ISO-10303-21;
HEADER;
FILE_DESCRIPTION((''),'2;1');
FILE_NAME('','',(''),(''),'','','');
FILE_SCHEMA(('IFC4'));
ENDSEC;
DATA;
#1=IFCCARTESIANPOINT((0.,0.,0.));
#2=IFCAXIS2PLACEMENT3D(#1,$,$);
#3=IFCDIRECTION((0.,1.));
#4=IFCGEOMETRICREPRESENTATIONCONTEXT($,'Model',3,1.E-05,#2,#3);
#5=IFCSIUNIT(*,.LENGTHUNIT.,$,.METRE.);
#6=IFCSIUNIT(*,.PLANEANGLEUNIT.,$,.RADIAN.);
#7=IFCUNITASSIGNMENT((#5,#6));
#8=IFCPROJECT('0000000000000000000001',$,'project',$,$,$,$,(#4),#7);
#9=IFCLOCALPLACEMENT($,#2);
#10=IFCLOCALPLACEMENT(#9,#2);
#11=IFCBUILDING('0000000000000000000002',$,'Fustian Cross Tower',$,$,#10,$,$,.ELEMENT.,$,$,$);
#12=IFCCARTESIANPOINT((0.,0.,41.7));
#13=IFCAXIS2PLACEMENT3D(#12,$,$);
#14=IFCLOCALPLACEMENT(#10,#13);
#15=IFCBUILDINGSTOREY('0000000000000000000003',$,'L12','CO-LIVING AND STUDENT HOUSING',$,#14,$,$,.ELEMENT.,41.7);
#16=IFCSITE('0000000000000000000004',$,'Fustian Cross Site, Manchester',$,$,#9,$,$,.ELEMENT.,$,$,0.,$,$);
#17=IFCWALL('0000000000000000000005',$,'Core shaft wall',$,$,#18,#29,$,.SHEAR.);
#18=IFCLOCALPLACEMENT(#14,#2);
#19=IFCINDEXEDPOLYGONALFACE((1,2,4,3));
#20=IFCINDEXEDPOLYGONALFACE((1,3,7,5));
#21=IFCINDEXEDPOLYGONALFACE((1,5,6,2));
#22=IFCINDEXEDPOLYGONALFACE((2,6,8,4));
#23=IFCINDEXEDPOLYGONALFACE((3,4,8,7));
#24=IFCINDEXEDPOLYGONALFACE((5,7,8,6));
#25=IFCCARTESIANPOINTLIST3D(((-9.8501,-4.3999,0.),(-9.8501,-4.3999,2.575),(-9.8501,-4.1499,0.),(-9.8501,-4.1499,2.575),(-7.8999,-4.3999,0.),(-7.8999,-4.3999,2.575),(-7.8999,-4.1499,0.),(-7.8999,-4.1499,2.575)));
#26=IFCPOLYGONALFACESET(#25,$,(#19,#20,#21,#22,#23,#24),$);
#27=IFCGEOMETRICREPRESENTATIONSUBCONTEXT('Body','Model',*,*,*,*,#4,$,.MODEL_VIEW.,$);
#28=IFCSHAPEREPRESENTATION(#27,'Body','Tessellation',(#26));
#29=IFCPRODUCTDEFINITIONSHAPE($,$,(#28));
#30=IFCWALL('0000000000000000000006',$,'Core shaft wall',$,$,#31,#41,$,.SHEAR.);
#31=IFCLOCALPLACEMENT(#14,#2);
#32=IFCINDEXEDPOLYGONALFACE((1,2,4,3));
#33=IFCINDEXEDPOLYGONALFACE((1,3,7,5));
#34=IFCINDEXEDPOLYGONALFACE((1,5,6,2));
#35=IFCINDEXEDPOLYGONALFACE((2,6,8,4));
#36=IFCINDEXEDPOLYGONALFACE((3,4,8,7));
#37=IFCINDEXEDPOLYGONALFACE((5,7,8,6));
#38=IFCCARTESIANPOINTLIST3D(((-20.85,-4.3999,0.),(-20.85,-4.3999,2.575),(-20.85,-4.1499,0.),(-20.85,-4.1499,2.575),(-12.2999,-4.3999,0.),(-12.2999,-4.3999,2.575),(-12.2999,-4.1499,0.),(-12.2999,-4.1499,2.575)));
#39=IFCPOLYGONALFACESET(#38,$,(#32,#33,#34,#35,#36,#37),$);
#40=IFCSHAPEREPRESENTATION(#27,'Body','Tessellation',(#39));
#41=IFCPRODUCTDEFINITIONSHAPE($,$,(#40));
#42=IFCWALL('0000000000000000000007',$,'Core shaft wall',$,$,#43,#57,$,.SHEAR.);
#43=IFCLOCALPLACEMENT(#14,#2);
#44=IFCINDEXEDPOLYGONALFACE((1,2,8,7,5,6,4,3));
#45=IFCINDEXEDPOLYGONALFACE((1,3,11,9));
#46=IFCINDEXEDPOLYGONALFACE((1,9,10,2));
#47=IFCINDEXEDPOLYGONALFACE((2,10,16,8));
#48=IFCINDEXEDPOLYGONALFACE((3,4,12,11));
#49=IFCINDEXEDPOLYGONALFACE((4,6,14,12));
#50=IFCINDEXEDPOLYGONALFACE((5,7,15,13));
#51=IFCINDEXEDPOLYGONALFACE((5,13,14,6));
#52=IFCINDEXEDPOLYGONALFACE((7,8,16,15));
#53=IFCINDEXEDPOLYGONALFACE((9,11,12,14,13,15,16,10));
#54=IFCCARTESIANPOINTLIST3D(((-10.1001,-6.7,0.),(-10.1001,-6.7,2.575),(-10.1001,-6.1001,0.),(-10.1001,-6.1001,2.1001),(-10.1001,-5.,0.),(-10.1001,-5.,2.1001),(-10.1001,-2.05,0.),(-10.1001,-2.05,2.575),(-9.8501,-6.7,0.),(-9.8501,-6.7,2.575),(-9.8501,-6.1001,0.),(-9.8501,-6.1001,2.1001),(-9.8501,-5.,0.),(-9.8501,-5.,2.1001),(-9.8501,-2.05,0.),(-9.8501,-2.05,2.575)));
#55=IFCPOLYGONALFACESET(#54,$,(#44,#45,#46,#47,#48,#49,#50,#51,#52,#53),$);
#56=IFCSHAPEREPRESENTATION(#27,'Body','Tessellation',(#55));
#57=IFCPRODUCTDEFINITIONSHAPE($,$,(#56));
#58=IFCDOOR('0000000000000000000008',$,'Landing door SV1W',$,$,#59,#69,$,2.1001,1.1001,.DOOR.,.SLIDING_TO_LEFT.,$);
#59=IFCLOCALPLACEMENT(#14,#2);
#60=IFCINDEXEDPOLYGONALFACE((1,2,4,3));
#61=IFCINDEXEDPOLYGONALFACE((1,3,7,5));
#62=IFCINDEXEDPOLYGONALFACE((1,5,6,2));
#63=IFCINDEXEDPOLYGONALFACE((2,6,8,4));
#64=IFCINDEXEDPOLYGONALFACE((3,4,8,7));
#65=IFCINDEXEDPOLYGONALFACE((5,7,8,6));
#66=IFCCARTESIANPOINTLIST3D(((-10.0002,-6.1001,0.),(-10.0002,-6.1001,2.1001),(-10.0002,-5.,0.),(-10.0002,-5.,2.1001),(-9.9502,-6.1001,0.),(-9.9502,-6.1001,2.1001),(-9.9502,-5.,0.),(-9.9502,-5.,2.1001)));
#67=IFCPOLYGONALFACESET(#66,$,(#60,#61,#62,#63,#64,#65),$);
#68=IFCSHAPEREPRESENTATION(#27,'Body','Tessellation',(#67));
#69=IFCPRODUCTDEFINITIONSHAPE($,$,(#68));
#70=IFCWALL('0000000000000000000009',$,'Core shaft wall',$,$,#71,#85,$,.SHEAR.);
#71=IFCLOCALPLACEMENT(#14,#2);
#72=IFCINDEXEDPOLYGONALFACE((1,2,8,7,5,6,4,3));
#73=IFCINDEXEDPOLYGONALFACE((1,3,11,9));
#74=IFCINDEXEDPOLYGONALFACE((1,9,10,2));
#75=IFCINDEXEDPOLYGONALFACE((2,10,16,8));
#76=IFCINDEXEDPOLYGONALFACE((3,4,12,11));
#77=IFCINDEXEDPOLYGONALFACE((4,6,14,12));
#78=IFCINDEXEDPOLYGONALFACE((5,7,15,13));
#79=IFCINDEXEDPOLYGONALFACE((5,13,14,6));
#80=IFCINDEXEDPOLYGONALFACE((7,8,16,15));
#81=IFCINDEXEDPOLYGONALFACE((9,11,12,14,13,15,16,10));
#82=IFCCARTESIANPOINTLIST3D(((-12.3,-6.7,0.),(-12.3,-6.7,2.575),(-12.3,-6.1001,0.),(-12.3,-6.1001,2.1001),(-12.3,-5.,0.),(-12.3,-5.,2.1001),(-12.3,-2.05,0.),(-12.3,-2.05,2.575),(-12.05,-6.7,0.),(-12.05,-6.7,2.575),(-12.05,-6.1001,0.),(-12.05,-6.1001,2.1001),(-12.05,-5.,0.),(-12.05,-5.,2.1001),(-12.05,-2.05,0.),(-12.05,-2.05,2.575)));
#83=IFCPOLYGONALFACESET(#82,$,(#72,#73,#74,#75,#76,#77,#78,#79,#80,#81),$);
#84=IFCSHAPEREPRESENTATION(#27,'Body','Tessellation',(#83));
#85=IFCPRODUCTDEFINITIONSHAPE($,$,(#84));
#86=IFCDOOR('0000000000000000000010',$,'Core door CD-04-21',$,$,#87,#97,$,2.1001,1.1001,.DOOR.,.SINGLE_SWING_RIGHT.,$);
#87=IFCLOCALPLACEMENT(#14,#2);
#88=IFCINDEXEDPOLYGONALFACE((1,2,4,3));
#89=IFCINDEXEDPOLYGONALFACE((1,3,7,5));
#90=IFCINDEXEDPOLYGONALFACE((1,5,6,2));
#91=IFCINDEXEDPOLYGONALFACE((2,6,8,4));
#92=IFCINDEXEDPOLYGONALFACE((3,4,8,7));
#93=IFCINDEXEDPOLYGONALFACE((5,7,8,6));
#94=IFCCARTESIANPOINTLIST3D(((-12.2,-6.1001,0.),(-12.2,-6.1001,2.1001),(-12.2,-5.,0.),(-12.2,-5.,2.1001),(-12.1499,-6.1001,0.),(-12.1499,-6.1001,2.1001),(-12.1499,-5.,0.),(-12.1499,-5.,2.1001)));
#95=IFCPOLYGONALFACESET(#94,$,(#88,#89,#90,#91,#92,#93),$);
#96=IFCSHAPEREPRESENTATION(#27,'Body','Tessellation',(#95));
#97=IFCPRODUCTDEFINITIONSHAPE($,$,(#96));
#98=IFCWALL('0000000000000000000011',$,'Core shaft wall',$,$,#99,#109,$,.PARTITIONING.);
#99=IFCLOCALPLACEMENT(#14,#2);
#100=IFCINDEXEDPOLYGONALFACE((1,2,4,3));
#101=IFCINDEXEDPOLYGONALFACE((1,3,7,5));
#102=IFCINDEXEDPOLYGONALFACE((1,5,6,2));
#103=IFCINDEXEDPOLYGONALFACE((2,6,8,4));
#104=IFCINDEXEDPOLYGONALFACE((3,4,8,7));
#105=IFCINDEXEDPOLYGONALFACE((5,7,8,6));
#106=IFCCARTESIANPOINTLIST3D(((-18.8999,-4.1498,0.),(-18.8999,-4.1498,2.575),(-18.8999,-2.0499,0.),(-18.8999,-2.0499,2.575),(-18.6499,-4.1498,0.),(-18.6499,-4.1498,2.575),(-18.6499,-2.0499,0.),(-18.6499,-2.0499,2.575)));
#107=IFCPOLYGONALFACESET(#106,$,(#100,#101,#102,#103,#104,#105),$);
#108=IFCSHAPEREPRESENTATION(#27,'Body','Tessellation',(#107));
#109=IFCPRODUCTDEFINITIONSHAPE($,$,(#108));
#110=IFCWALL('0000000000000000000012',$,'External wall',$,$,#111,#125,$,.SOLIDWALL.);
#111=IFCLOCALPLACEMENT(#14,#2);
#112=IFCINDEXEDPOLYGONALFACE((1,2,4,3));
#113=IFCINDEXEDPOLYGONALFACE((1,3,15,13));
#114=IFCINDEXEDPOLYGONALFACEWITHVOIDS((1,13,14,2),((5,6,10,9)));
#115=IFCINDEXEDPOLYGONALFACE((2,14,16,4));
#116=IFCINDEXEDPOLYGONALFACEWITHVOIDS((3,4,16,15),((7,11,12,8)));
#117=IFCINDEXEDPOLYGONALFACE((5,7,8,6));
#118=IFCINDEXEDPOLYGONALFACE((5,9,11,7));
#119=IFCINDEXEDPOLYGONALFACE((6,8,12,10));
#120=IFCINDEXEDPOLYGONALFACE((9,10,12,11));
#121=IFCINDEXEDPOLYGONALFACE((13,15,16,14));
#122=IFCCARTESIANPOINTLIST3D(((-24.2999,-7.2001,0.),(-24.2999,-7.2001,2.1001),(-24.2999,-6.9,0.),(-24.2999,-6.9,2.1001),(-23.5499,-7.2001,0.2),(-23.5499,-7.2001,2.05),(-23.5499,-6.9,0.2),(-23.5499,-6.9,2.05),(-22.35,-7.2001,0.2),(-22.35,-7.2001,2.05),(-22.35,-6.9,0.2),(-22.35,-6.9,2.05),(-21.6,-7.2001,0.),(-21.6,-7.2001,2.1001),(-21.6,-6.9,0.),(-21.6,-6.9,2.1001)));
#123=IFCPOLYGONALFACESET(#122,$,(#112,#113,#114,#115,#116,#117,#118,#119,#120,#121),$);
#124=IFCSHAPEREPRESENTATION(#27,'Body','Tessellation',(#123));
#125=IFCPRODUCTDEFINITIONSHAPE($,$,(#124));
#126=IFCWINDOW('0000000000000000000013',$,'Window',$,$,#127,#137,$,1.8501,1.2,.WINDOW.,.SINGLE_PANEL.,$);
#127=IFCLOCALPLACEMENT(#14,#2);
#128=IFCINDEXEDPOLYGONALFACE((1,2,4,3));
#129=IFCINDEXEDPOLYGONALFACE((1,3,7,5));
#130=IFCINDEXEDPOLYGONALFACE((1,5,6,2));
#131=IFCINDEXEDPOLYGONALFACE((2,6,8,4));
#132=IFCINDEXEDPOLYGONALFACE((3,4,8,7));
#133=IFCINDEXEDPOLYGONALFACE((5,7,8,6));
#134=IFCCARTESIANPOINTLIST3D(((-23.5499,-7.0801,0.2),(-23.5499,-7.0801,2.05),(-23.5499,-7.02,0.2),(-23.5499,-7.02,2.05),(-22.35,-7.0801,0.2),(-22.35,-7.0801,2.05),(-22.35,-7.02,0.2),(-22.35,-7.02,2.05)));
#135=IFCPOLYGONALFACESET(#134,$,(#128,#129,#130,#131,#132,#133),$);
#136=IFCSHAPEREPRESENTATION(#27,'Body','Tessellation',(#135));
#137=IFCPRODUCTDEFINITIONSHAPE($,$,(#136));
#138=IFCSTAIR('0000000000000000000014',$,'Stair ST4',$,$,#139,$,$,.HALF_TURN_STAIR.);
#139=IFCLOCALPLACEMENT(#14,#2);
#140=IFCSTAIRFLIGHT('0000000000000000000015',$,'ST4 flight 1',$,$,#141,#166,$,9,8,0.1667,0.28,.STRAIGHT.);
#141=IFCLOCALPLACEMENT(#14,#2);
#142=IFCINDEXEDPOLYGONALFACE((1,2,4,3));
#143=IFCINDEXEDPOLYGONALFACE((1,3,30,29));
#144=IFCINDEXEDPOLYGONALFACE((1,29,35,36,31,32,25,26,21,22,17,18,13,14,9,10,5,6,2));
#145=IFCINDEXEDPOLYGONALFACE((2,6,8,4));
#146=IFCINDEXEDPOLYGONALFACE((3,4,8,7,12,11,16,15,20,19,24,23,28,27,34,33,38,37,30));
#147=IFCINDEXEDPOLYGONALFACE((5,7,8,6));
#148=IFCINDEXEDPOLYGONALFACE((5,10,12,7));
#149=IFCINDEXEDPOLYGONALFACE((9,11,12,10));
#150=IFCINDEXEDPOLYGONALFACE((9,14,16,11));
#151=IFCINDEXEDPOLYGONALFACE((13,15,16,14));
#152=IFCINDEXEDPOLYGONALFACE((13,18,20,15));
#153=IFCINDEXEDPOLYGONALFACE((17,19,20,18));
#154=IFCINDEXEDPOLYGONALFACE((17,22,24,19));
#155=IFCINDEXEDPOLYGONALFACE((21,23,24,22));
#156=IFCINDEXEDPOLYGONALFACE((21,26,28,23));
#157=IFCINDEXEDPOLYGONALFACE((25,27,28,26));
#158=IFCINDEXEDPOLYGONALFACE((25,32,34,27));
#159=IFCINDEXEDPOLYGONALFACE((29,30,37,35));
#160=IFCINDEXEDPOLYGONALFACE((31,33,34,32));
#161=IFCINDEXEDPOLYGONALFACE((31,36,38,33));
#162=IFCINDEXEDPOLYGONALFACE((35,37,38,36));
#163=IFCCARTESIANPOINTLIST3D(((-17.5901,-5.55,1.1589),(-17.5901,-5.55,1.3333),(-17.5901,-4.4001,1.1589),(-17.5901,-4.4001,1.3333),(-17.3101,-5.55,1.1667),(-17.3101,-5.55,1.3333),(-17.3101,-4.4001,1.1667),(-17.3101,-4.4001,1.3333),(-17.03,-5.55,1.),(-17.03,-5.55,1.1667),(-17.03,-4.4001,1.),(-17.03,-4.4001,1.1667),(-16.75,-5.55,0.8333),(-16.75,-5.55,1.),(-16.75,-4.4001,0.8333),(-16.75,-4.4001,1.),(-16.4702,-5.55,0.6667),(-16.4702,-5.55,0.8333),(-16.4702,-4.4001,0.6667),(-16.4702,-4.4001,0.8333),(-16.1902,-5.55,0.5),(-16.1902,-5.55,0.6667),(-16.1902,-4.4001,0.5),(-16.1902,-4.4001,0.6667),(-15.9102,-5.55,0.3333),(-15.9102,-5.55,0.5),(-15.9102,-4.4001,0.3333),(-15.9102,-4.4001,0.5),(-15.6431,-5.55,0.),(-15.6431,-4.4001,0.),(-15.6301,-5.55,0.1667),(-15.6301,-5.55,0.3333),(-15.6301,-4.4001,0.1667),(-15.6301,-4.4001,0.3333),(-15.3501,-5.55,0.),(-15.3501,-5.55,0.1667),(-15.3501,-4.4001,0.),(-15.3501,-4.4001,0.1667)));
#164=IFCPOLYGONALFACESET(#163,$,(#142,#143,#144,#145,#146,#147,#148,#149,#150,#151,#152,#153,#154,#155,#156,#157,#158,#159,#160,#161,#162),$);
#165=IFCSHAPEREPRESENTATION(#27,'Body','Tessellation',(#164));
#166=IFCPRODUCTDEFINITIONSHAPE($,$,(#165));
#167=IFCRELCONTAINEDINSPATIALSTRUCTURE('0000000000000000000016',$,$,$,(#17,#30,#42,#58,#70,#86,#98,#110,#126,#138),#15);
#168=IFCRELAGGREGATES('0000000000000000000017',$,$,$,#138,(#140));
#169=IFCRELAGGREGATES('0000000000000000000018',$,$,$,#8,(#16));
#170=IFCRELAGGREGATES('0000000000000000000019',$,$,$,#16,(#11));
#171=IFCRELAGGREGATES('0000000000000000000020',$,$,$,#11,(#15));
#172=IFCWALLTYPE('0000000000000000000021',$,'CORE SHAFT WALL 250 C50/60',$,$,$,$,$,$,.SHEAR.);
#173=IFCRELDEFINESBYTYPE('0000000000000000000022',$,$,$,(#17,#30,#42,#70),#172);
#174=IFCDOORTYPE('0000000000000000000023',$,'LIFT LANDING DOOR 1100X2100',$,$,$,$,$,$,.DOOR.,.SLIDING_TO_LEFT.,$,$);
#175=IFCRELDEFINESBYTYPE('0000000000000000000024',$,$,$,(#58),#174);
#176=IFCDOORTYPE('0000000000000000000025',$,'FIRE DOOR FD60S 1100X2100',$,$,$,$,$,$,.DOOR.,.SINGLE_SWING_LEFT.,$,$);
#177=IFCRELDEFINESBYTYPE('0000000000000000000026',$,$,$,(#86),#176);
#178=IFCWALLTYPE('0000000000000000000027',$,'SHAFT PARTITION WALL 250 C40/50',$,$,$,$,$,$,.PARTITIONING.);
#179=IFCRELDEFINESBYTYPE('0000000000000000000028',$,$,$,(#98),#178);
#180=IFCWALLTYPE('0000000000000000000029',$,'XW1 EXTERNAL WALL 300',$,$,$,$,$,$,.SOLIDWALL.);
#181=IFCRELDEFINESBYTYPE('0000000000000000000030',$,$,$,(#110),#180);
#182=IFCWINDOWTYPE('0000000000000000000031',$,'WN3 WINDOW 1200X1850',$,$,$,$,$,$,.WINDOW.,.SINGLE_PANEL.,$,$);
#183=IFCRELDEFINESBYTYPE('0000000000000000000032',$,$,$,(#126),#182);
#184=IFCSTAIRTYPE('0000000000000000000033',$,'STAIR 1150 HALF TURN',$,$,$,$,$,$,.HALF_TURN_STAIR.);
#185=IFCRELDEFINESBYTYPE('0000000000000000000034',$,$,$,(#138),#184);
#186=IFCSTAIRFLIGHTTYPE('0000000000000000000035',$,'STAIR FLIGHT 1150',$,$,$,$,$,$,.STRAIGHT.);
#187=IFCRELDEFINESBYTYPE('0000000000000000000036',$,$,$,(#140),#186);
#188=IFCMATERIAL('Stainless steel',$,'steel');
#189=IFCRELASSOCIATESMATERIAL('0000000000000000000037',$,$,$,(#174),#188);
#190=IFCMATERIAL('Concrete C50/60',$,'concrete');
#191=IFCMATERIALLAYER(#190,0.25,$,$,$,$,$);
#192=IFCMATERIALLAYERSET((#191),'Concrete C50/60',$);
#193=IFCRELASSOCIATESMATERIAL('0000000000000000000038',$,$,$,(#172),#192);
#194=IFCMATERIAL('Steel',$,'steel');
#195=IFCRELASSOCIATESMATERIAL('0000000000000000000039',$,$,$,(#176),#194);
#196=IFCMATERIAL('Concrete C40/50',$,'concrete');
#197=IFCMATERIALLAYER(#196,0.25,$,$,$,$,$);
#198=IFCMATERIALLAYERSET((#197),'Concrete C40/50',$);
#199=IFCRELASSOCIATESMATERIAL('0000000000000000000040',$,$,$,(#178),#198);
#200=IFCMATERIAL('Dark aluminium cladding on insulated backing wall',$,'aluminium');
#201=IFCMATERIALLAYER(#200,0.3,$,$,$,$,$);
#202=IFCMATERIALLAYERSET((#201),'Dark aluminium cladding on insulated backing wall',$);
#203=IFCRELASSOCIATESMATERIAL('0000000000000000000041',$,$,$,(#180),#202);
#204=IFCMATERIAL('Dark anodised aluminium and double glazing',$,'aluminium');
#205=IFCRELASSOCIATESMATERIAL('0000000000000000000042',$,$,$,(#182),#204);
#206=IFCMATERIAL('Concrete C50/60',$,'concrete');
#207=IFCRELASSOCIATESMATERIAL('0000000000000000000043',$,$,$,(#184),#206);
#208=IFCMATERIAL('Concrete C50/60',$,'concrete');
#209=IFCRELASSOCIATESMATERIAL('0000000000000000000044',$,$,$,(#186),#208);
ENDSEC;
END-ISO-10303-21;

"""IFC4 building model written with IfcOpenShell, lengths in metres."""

from ifc_helpers import new_model, si_unit, direction, frame, frame_2d, origin, place, context, subcontext, project, spatial, polyline, rectangle, outline, extrude, material, layer, layer_set, type_object, element, fill, aggregate, save


model = new_model("IFC4")

# Units and contexts
model_context = context("Model", 3, precision=1e-05, world=origin(), true_north=direction((0.0, 1.0)))
body_context = subcontext(model_context, "Body", "Model", "MODEL_VIEW")
ifc_project = project(units=[si_unit("LENGTHUNIT", "METRE"), si_unit("PLANEANGLEUNIT", "RADIAN")], contexts=[model_context])

# Site, building, storey
site_placement = place(None, origin())
site = spatial("IfcSite", under=ifc_project, at=site_placement, Name="Fustian Cross Site, Manchester", CompositionType="ELEMENT", RefElevation=0.0)
building_placement = place(site_placement, origin())
building = spatial("IfcBuilding", under=site, at=building_placement, Name="Fustian Cross Tower", CompositionType="ELEMENT")
storey_placement = place(building_placement, frame((0.0, 0.0, 41.7)))
storey = spatial("IfcBuildingStorey", under=building, at=storey_placement, Name="L12", Description="CO-LIVING AND STUDENT HOUSING", CompositionType="ELEMENT", Elevation=41.7)

# Shared definitions
ifc_material_1 = material(Name="Stainless steel", Category="steel")
door_type_1 = type_object("IfcDoorType", Name="LIFT LANDING DOOR 1100X2100", OperationType="SLIDING_TO_LEFT", PredefinedType="DOOR", material=ifc_material_1)

# Walls
ifc_material_2 = material(Name="Concrete C50/60", Category="concrete")
ifc_layer_1 = layer(ifc_material_2, 0.25)
ifc_layer_set_1 = layer_set([ifc_layer_1], Name="Concrete C50/60")
wall_type_1 = type_object("IfcWallType", Name="CORE SHAFT WALL 250 C50/60", PredefinedType="SHEAR", material=ifc_layer_set_1)
wall_1_placement = place(storey_placement, frame((-7.8999, -4.2749, 0.0), z_axis=(0.0, 0.0, 1.0), x_axis=(-1.0, 0.0, 0.0)))
element("IfcWall", 1, at=wall_1_placement, inside=storey, type_object=wall_type_1, Name="Core shaft wall", PredefinedType="SHEAR", context=body_context, shape_type="SweptSolid", body=[
    extrude(rectangle(XDim=1.9502, YDim=0.25, at=frame_2d((0.9751, 0.0))), origin(), (0.0, 0.0, 1.0), 2.575),
])
wall_2_placement = place(storey_placement, frame((-12.3, -4.2749, 0.0), z_axis=(0.0, 0.0, 1.0), x_axis=(-1.0, 0.0, 0.0)))
element("IfcWall", 2, at=wall_2_placement, inside=storey, type_object=wall_type_1, Name="Core shaft wall", PredefinedType="SHEAR", context=body_context, shape_type="SweptSolid", body=[
    extrude(rectangle(XDim=8.55, YDim=0.25, at=frame_2d((4.2749, 0.0))), origin(), (0.0, 0.0, 1.0), 2.575),
])

# Walls, openings, doors
wall_3_placement = place(storey_placement, frame((-9.9751, -2.05, 0.0), z_axis=(0.0, 0.0, 1.0), x_axis=(0.0, -1.0, 0.0)))
wall_3 = element("IfcWall", 3, at=wall_3_placement, inside=storey, type_object=wall_type_1, Name="Core shaft wall", PredefinedType="SHEAR", context=body_context, shape_type="SweptSolid", body=[
    extrude(rectangle(XDim=4.6499, YDim=0.25, at=frame_2d((2.325, 0.0))), origin(), (0.0, 0.0, 1.0), 2.575),
])
opening_1_placement = place(wall_3_placement, frame((2.95, 0.0, 0.0)))
opening_1 = element("IfcOpeningElement", 4, at=opening_1_placement, cuts=wall_3, PredefinedType="OPENING", context=body_context, shape_type="SweptSolid", body=[
    extrude(rectangle(XDim=1.1001, YDim=2.1001, at=frame_2d((0.55, 1.05))), frame((0.0, 0.135, 0.0), z_axis=(0.0, -1.0, 0.0), x_axis=(1.0, 0.0, 0.0)), (0.0, 0.0, 1.0), 0.27),
])
door_1_placement = place(opening_1_placement, origin())
door_1 = element("IfcDoor", 5, at=door_1_placement, inside=storey, type_object=door_type_1, Name="Landing door SV1W", OperationType="SLIDING_TO_LEFT", OverallHeight=2.1001, OverallWidth=1.1001, PredefinedType="DOOR", context=body_context, shape_type="SweptSolid", body=[
    extrude(rectangle(XDim=1.1001, YDim=2.1001, at=frame_2d((0.55, 1.05))), frame((0.0, 0.0249, 0.0), z_axis=(0.0, -1.0, 0.0), x_axis=(1.0, 0.0, 0.0)), (0.0, 0.0, 1.0), 0.05),
])
fill(opening_1, door_1)
wall_4_placement = place(storey_placement, frame((-12.175, -2.05, 0.0), z_axis=(0.0, 0.0, 1.0), x_axis=(0.0, -1.0, 0.0)))
wall_4 = element("IfcWall", 6, at=wall_4_placement, inside=storey, type_object=wall_type_1, Name="Core shaft wall", PredefinedType="SHEAR", context=body_context, shape_type="SweptSolid", body=[
    extrude(rectangle(XDim=4.6499, YDim=0.25, at=frame_2d((2.325, 0.0))), origin(), (0.0, 0.0, 1.0), 2.575),
])
opening_2_placement = place(wall_4_placement, frame((2.95, 0.0, 0.0)))
opening_2 = element("IfcOpeningElement", 7, at=opening_2_placement, cuts=wall_4, PredefinedType="OPENING", context=body_context, shape_type="SweptSolid", body=[
    extrude(rectangle(XDim=1.1001, YDim=2.1001, at=frame_2d((0.55, 1.05))), frame((0.0, 0.135, 0.0), z_axis=(0.0, -1.0, 0.0), x_axis=(1.0, 0.0, 0.0)), (0.0, 0.0, 1.0), 0.27),
])
ifc_material_3 = material(Name="Steel", Category="steel")
door_type_2 = type_object("IfcDoorType", Name="FIRE DOOR FD60S 1100X2100", OperationType="SINGLE_SWING_LEFT", PredefinedType="DOOR", material=ifc_material_3)
door_2_placement = place(opening_2_placement, frame((1.1001, 0.0, 0.0), z_axis=(0.0, 0.0, 1.0), x_axis=(-1.0, 0.0, 0.0)))
door_2 = element("IfcDoor", 8, at=door_2_placement, inside=storey, type_object=door_type_2, Name="Core door CD-04-21", OperationType="SINGLE_SWING_RIGHT", OverallHeight=2.1001, OverallWidth=1.1001, PredefinedType="DOOR", context=body_context, shape_type="SweptSolid", body=[
    extrude(rectangle(XDim=1.1001, YDim=2.1001, at=frame_2d((0.55, 1.05))), frame((0.0, 0.0249, 0.0), z_axis=(0.0, -1.0, 0.0), x_axis=(1.0, 0.0, 0.0)), (0.0, 0.0, 1.0), 0.05),
])
fill(opening_2, door_2)

# Wall
ifc_material_4 = material(Name="Concrete C40/50", Category="concrete")
ifc_layer_2 = layer(ifc_material_4, 0.25)
ifc_layer_set_2 = layer_set([ifc_layer_2], Name="Concrete C40/50")
wall_type_2 = type_object("IfcWallType", Name="SHAFT PARTITION WALL 250 C40/50", PredefinedType="PARTITIONING", material=ifc_layer_set_2)
wall_5_placement = place(storey_placement, frame((-18.7749, -2.05, 0.0), z_axis=(0.0, 0.0, 1.0), x_axis=(0.0, -1.0, 0.0)))
element("IfcWall", 9, at=wall_5_placement, inside=storey, type_object=wall_type_2, Name="Core shaft wall", PredefinedType="PARTITIONING", context=body_context, shape_type="SweptSolid", body=[
    extrude(rectangle(XDim=2.0999, YDim=0.25, at=frame_2d((1.0498, 0.0))), origin(), (0.0, 0.0, 1.0), 2.575),
])

# Wall, opening, window
ifc_material_5 = material(Name="Dark aluminium cladding on insulated backing wall", Category="aluminium")
ifc_layer_3 = layer(ifc_material_5, 0.3)
ifc_layer_set_3 = layer_set([ifc_layer_3], Name="Dark aluminium cladding on insulated backing wall")
wall_type_3 = type_object("IfcWallType", Name="XW1 EXTERNAL WALL 300", PredefinedType="SOLIDWALL", material=ifc_layer_set_3)
wall_6_placement = place(storey_placement, frame((-24.3, -7.05, 0.0), z_axis=(0.0, 0.0, 1.0), x_axis=(1.0, 0.0, 0.0)))
wall_6 = element("IfcWall", 10, at=wall_6_placement, inside=storey, type_object=wall_type_3, Name="External wall", PredefinedType="SOLIDWALL", context=body_context, shape_type="SweptSolid", body=[
    extrude(rectangle(XDim=2.7, YDim=0.3, at=frame_2d((1.3501, 0.0))), origin(), (0.0, 0.0, 1.0), 2.1001),
])
opening_3_placement = place(wall_6_placement, frame((0.75, 0.0, 0.2)))
opening_3 = element("IfcOpeningElement", 11, at=opening_3_placement, cuts=wall_6, PredefinedType="OPENING", context=body_context, shape_type="SweptSolid", body=[
    extrude(rectangle(XDim=1.2, YDim=1.8501, at=frame_2d((0.6001, 0.925))), frame((0.0, 0.1599, 0.0), z_axis=(0.0, -1.0, 0.0), x_axis=(1.0, 0.0, 0.0)), (0.0, 0.0, 1.0), 0.3201),
])
ifc_material_6 = material(Name="Dark anodised aluminium and double glazing", Category="aluminium")
window_type = type_object("IfcWindowType", Name="WN3 WINDOW 1200X1850", PartitioningType="SINGLE_PANEL", PredefinedType="WINDOW", material=ifc_material_6)
window_placement = place(opening_3_placement, origin())
window = element("IfcWindow", 12, at=window_placement, inside=storey, type_object=window_type, Name="Window", OverallHeight=1.8501, OverallWidth=1.2, PartitioningType="SINGLE_PANEL", PredefinedType="WINDOW", context=body_context, shape_type="SweptSolid", body=[
    extrude(rectangle(XDim=1.2, YDim=1.8501, at=frame_2d((0.6001, 0.925))), frame((0.0, 0.03, 0.0), z_axis=(0.0, -1.0, 0.0), x_axis=(1.0, 0.0, 0.0)), (0.0, 0.0, 1.0), 0.0601),
])
fill(opening_3, window)

# Stair, stair flight
ifc_material_7 = material(Name="Concrete C50/60", Category="concrete")
stair_type = type_object("IfcStairType", Name="STAIR 1150 HALF TURN", PredefinedType="HALF_TURN_STAIR", material=ifc_material_7)
stair_placement = place(storey_placement, origin())
stair = element("IfcStair", 13, at=stair_placement, inside=storey, type_object=stair_type, Name="Stair ST4", PredefinedType="HALF_TURN_STAIR")
ifc_material_8 = material(Name="Concrete C50/60", Category="concrete")
stair_flight_type = type_object("IfcStairFlightType", Name="STAIR FLIGHT 1150", PredefinedType="STRAIGHT", material=ifc_material_8)
stair_flight_1_placement = place(storey_placement, frame((-15.3501, -4.9751, 0.0), z_axis=(0.0, 0.0, 1.0), x_axis=(-1.0, 0.0, 0.0)))
stair_flight_1 = element("IfcStairFlight", 14, at=stair_flight_1_placement, type_object=stair_flight_type, Name="ST4 flight 1", NumberOfRisers=9, NumberOfTreads=8, PredefinedType="STRAIGHT", RiserHeight=0.1667, TreadLength=0.28, context=body_context, shape_type="SweptSolid", body=[
    extrude(outline(polyline([(0.0, 0.0), (0.0, 0.1667), (0.28, 0.1667), (0.28, 0.3333), (0.5601, 0.3333), (0.5601, 0.5), (0.8401, 0.5), (0.8401, 0.6667), (1.1201, 0.6667), (1.1201, 0.8333), (1.3999, 0.8333), (1.3999, 1.0), (1.6799, 1.0), (1.6799, 1.1667), (1.96, 1.1667), (1.96, 1.3333), (2.24, 1.3333), (2.24, 1.5), (2.24, 1.1589), (0.293, 0.0), (0.0, 0.0)])), frame((0.0, 0.575, 0.0), z_axis=(0.0, -1.0, 0.0), x_axis=(1.0, 0.0, 0.0)), (0.0, 0.0, 1.0), 1.1499),
])
aggregate(stair, [stair_flight_1])

save(model, "model.ifc")
